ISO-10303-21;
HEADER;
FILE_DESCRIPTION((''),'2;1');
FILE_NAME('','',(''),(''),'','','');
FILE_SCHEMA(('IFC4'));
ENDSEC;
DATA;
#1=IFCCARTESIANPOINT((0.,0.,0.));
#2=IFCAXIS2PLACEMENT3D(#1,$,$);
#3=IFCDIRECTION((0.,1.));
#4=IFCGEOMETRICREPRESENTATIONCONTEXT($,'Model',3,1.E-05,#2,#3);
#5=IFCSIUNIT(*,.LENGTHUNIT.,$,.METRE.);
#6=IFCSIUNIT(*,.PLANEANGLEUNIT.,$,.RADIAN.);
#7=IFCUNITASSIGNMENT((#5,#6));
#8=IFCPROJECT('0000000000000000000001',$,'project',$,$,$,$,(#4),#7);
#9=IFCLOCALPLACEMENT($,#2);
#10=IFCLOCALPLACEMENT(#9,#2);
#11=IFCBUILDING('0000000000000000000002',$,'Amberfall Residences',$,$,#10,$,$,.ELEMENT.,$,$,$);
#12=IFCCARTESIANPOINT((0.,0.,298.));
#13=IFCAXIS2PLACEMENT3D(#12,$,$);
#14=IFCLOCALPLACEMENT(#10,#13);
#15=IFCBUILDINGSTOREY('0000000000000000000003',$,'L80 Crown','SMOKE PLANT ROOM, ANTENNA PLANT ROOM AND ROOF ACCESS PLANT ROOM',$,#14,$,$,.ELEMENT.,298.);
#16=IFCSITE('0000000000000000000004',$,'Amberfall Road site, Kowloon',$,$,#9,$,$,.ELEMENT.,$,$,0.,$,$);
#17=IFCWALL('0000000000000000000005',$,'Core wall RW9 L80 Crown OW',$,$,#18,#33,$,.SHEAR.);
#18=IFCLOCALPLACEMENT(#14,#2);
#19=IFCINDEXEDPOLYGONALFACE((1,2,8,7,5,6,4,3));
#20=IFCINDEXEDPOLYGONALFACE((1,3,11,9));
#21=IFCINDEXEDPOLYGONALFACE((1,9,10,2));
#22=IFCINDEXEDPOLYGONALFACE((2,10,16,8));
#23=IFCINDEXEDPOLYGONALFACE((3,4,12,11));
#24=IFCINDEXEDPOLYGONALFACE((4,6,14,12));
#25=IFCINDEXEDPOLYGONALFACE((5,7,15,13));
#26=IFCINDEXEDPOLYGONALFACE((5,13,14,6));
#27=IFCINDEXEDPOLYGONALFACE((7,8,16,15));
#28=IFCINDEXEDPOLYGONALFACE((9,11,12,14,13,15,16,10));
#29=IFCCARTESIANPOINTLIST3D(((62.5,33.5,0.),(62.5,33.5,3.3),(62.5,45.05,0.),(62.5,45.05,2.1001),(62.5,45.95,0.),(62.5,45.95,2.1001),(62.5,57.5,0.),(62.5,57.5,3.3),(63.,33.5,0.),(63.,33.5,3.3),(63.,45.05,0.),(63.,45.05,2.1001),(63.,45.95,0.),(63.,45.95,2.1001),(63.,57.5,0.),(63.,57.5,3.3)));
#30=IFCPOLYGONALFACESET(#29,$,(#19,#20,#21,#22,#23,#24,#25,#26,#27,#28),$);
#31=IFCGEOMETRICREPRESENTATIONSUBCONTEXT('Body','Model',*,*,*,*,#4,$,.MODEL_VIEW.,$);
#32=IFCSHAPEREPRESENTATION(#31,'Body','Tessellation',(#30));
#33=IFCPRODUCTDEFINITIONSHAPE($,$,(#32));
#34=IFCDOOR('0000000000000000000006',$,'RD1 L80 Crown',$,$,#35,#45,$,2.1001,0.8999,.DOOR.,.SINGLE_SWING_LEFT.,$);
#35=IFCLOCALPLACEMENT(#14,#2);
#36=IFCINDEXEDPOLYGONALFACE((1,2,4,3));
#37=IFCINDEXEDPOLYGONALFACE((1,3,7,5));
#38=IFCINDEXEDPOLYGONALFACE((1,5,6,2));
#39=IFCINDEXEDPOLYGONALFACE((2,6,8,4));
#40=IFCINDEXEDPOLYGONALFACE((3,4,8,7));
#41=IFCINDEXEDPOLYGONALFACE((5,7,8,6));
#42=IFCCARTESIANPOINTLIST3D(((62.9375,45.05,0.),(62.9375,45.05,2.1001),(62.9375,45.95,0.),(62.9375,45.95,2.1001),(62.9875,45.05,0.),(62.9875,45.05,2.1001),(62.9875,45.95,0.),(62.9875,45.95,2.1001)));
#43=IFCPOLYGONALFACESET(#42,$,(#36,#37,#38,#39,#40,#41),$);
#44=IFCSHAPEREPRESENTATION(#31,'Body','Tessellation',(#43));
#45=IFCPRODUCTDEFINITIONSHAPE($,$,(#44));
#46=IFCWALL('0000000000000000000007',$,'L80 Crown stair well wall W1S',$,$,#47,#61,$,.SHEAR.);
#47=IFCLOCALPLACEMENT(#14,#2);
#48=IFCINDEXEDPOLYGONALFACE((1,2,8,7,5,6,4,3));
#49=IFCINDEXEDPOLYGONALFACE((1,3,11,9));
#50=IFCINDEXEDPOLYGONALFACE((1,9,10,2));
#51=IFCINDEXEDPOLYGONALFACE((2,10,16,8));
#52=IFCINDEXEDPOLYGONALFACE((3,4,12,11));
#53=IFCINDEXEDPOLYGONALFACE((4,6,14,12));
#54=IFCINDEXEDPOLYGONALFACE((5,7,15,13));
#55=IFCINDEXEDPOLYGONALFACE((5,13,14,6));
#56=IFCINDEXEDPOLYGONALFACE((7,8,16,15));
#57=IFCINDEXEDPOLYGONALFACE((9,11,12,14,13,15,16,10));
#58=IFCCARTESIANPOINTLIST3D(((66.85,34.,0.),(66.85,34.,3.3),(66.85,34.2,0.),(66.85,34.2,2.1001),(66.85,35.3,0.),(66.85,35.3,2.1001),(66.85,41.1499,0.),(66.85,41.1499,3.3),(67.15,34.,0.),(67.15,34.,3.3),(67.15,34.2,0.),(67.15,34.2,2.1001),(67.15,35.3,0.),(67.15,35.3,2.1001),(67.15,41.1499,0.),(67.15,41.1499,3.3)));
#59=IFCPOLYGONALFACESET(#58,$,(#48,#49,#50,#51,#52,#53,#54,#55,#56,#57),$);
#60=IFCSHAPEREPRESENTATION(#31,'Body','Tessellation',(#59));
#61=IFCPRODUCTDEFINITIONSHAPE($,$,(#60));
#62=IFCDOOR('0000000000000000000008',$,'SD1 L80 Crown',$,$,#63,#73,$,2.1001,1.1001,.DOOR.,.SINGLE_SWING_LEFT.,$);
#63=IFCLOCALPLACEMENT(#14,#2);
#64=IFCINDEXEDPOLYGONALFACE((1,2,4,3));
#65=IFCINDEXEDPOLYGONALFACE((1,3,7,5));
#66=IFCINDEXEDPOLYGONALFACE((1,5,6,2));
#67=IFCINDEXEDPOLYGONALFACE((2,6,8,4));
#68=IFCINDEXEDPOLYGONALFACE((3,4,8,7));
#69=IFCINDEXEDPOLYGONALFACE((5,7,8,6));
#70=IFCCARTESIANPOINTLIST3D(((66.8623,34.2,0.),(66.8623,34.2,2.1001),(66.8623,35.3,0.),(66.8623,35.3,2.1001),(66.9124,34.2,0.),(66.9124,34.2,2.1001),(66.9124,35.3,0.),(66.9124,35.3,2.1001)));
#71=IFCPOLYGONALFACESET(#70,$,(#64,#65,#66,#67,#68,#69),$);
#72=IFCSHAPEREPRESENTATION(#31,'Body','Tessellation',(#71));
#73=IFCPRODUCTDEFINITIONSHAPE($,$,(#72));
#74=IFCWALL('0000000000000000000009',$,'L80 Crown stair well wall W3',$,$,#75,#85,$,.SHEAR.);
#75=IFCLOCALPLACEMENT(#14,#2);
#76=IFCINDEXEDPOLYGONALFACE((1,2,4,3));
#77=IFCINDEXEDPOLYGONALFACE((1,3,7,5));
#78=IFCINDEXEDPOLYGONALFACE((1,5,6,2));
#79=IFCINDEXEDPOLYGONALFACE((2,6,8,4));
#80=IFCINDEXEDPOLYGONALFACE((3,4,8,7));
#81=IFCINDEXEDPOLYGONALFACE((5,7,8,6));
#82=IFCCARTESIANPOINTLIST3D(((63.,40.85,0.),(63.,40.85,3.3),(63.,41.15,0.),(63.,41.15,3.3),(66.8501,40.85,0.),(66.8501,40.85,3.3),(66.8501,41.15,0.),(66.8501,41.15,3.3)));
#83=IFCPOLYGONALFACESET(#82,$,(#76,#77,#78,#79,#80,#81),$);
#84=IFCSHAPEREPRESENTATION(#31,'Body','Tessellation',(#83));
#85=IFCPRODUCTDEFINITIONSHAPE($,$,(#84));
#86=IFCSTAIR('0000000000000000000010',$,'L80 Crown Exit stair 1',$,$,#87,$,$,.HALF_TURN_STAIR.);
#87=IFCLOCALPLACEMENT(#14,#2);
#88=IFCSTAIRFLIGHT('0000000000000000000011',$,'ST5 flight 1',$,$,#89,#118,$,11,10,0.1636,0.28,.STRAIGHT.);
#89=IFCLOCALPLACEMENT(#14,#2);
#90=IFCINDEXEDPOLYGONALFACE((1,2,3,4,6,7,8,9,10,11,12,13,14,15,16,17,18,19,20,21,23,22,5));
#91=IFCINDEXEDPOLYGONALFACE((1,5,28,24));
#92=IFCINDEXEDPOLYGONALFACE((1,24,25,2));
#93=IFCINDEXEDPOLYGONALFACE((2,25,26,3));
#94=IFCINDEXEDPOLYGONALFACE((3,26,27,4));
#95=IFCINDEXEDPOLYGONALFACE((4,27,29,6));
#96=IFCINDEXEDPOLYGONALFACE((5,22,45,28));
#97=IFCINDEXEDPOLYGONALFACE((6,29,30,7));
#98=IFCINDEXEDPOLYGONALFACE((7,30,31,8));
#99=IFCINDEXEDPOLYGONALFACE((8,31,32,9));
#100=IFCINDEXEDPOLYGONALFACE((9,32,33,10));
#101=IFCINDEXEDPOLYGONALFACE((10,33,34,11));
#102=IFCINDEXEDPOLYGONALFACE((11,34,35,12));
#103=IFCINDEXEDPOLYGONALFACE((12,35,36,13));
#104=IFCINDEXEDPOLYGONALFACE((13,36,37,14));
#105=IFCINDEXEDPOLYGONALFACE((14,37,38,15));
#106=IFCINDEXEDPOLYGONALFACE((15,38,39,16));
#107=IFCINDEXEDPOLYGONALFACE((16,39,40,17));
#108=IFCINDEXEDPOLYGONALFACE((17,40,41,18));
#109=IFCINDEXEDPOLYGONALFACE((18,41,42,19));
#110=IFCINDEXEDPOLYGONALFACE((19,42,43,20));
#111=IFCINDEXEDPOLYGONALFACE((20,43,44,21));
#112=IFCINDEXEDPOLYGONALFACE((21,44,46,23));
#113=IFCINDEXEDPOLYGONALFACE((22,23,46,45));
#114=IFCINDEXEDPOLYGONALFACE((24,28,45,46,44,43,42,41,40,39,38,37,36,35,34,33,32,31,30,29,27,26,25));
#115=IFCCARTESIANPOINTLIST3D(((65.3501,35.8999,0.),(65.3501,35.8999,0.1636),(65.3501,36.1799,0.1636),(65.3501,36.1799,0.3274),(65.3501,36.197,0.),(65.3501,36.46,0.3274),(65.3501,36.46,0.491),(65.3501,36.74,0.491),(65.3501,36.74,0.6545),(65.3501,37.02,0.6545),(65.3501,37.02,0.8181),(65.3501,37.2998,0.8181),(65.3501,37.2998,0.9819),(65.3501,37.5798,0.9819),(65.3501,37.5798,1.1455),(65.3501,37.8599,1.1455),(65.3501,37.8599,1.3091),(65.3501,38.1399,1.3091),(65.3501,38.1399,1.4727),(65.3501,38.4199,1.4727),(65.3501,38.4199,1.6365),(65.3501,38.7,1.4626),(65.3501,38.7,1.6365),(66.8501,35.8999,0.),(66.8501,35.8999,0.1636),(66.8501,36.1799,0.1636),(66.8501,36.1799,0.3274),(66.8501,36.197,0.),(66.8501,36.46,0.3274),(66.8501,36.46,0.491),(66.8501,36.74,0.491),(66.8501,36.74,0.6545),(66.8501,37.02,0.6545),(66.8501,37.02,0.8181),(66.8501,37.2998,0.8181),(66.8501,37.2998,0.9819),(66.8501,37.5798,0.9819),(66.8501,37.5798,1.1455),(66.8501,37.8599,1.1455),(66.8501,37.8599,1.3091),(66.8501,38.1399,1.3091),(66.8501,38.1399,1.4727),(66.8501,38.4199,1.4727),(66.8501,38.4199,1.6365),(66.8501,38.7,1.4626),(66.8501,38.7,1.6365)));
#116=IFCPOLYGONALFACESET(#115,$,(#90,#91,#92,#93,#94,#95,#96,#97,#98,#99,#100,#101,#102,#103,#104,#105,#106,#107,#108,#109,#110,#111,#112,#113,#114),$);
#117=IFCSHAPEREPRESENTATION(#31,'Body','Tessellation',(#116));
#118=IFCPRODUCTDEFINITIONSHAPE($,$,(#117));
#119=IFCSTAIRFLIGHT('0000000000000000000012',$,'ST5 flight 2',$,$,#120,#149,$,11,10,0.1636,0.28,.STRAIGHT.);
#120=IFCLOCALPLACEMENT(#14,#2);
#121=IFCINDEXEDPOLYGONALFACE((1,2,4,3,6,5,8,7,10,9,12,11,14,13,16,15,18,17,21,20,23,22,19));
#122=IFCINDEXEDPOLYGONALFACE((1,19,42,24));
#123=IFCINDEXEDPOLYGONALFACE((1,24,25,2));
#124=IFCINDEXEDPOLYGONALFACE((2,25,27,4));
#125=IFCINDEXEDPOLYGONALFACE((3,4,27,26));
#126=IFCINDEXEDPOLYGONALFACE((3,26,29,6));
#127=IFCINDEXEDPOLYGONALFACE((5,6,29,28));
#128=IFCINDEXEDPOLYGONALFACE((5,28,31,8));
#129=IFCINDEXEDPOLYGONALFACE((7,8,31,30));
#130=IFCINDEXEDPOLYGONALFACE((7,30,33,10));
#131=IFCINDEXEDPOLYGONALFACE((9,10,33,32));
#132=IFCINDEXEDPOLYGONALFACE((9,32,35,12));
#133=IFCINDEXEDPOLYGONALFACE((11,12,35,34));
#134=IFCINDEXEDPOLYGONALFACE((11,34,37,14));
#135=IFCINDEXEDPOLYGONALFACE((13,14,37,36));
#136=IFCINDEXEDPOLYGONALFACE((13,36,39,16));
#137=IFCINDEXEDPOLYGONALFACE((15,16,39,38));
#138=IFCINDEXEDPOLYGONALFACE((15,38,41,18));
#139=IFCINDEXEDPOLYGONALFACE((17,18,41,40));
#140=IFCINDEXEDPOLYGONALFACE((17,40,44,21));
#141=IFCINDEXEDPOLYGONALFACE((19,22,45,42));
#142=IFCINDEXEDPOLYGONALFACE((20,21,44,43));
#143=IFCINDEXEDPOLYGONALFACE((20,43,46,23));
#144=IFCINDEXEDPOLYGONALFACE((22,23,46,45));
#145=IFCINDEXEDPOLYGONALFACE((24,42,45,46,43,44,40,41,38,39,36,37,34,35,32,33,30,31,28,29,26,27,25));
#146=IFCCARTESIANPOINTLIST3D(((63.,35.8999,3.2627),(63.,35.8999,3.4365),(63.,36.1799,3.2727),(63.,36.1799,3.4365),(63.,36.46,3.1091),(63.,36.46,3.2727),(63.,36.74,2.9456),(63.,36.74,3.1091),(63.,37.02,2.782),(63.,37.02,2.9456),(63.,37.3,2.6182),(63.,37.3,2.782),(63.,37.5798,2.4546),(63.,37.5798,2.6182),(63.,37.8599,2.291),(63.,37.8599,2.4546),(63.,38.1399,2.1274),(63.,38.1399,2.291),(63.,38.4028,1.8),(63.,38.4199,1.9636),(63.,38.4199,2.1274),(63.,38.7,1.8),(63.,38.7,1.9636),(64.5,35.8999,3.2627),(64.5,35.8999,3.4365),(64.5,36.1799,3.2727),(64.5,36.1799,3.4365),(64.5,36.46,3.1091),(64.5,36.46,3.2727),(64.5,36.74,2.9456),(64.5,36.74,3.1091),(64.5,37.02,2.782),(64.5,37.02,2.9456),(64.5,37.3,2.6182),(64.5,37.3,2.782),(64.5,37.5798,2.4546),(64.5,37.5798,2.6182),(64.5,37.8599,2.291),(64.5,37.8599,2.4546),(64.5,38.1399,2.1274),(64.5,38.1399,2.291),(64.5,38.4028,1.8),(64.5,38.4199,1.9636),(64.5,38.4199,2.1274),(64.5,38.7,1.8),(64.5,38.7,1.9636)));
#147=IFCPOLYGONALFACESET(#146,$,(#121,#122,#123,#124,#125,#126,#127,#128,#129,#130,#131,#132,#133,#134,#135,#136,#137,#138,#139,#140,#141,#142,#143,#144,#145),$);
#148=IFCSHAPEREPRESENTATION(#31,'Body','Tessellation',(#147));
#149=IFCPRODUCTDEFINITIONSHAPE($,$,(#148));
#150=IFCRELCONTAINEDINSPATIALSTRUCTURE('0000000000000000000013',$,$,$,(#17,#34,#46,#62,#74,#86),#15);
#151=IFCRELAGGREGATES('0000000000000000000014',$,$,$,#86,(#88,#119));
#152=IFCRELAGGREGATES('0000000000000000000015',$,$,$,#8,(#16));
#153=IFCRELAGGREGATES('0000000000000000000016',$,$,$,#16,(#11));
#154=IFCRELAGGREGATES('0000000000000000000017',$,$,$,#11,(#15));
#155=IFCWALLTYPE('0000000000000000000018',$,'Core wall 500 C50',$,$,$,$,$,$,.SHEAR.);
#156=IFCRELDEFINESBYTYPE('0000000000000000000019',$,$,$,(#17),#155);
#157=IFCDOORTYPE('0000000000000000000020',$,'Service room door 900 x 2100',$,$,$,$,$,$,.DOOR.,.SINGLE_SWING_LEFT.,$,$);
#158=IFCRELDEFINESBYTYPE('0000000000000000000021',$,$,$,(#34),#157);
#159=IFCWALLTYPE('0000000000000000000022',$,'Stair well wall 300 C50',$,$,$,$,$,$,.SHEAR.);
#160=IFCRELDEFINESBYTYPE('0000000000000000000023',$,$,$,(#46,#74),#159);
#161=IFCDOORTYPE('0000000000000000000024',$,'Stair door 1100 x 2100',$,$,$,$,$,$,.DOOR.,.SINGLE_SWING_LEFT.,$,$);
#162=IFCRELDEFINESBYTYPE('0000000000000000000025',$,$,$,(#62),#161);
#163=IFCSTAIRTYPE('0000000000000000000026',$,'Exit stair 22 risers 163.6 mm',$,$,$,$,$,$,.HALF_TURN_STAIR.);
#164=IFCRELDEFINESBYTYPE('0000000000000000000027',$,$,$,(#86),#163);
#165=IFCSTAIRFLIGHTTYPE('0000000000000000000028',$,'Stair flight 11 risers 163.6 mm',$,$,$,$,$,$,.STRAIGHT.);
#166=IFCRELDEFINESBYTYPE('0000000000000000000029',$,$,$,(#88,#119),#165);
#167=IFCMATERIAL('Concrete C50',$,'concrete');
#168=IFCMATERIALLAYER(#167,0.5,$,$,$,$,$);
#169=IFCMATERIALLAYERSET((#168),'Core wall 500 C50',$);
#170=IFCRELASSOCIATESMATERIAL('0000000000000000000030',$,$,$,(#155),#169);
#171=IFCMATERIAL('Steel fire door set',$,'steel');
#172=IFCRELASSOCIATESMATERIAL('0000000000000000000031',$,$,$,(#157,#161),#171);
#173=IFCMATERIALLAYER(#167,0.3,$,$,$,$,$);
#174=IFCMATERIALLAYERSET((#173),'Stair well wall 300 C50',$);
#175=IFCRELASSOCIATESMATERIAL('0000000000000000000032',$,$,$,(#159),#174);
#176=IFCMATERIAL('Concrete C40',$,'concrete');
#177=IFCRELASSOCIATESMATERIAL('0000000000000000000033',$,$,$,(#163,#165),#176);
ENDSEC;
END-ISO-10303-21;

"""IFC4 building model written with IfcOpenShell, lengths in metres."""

from ifc_helpers import new_model, si_unit, direction, frame, frame_2d, origin, place, context, subcontext, project, spatial, polyline, rectangle, outline, extrude, material, layer, layer_set, type_object, element, fill, aggregate, save


model = new_model("IFC4")

# Units and contexts
model_context = context("Model", 3, precision=1e-05, world=origin(), true_north=direction((0.0, 1.0)))
body_context = subcontext(model_context, "Body", "Model", "MODEL_VIEW")
ifc_project = project(units=[si_unit("LENGTHUNIT", "METRE"), si_unit("PLANEANGLEUNIT", "RADIAN")], contexts=[model_context])

# Site, building, storey
site_placement = place(None, origin())
site = spatial("IfcSite", under=ifc_project, at=site_placement, Name="Amberfall Road site, Kowloon", CompositionType="ELEMENT", RefElevation=0.0)
building_placement = place(site_placement, origin())
building = spatial("IfcBuilding", under=site, at=building_placement, Name="Amberfall Residences", CompositionType="ELEMENT")
storey_placement = place(building_placement, frame((0.0, 0.0, 298.0)))
storey = spatial("IfcBuildingStorey", under=building, at=storey_placement, Name="L80 Crown", Description="SMOKE PLANT ROOM, ANTENNA PLANT ROOM AND ROOF ACCESS PLANT ROOM", CompositionType="ELEMENT", Elevation=298.0)

# Shared definitions
ifc_material_1 = material(Name="Concrete C50", Category="concrete")

# Shared definitions
ifc_material_2 = material(Name="Steel fire door set", Category="steel")

# Shared definitions
ifc_layer_1 = layer(ifc_material_1, 0.5)
ifc_layer_set_1 = layer_set([ifc_layer_1], Name="Core wall 500 C50")
wall_type_1 = type_object("IfcWallType", Name="Core wall 500 C50", PredefinedType="SHEAR", material=ifc_layer_set_1)
door_type_1 = type_object("IfcDoorType", Name="Service room door 900 x 2100", OperationType="SINGLE_SWING_LEFT", PredefinedType="DOOR", material=ifc_material_2)
door_type_2 = type_object("IfcDoorType", Name="Stair door 1100 x 2100", OperationType="SINGLE_SWING_LEFT", PredefinedType="DOOR", material=ifc_material_2)

# Walls, openings, doors
wall_1_placement = place(storey_placement, frame((62.75, 33.5, 0.0), z_axis=(0.0, 0.0, 1.0), x_axis=(0.0, 1.0, 0.0)))
wall_1 = element("IfcWall", 1, at=wall_1_placement, inside=storey, type_object=wall_type_1, Name="Core wall RW9 L80 Crown OW", PredefinedType="SHEAR", context=body_context, shape_type="SweptSolid", body=[
    extrude(rectangle(XDim=24.0, YDim=0.5, at=frame_2d((12.0, 0.0))), origin(), (0.0, 0.0, 1.0), 3.3),
])
opening_1_placement = place(wall_1_placement, frame((11.55, 0.0, 0.0)))
opening_1 = element("IfcOpeningElement", 2, at=opening_1_placement, cuts=wall_1, PredefinedType="OPENING", context=body_context, shape_type="SweptSolid", body=[
    extrude(rectangle(XDim=0.8999, YDim=2.1001, at=frame_2d((0.45, 1.05))), frame((0.0, 0.26, 0.0), z_axis=(0.0, -1.0, 0.0), x_axis=(1.0, 0.0, 0.0)), (0.0, 0.0, 1.0), 0.52),
])
door_1_placement = place(opening_1_placement, origin())
door_1 = element("IfcDoor", 3, at=door_1_placement, inside=storey, type_object=door_type_1, Name="RD1 L80 Crown", OperationType="SINGLE_SWING_LEFT", OverallHeight=2.1001, OverallWidth=0.8999, PredefinedType="DOOR", context=body_context, shape_type="SweptSolid", body=[
    extrude(rectangle(XDim=0.8999, YDim=2.1001, at=frame_2d((0.45, 1.05))), frame((0.0, -0.1875, 0.0), z_axis=(0.0, -1.0, 0.0), x_axis=(1.0, 0.0, 0.0)), (0.0, 0.0, 1.0), 0.05),
])
fill(opening_1, door_1)
ifc_layer_2 = layer(ifc_material_1, 0.3)
ifc_layer_set_2 = layer_set([ifc_layer_2], Name="Stair well wall 300 C50")
wall_type_2 = type_object("IfcWallType", Name="Stair well wall 300 C50", PredefinedType="SHEAR", material=ifc_layer_set_2)
wall_2_placement = place(storey_placement, frame((67.0, 34.0, 0.0), z_axis=(0.0, 0.0, 1.0), x_axis=(0.0, 1.0, 0.0)))
wall_2 = element("IfcWall", 4, at=wall_2_placement, inside=storey, type_object=wall_type_2, Name="L80 Crown stair well wall W1S", PredefinedType="SHEAR", context=body_context, shape_type="SweptSolid", body=[
    extrude(rectangle(XDim=7.1499, YDim=0.3, at=frame_2d((3.575, 0.0))), origin(), (0.0, 0.0, 1.0), 3.3),
])
opening_2_placement = place(wall_2_placement, frame((0.2, 0.0, 0.0)))
opening_2 = element("IfcOpeningElement", 5, at=opening_2_placement, cuts=wall_2, PredefinedType="OPENING", context=body_context, shape_type="SweptSolid", body=[
    extrude(rectangle(XDim=1.1001, YDim=2.1001, at=frame_2d((0.55, 1.05))), frame((0.0, 0.1599, 0.0), z_axis=(0.0, -1.0, 0.0), x_axis=(1.0, 0.0, 0.0)), (0.0, 0.0, 1.0), 0.3201),
])
door_2_placement = place(opening_2_placement, origin())
door_2 = element("IfcDoor", 6, at=door_2_placement, inside=storey, type_object=door_type_2, Name="SD1 L80 Crown", OperationType="SINGLE_SWING_LEFT", OverallHeight=2.1001, OverallWidth=1.1001, PredefinedType="DOOR", context=body_context, shape_type="SweptSolid", body=[
    extrude(rectangle(XDim=1.1001, YDim=2.1001, at=frame_2d((0.55, 1.05))), frame((0.0, 0.1377, 0.0), z_axis=(0.0, -1.0, 0.0), x_axis=(1.0, 0.0, 0.0)), (0.0, 0.0, 1.0), 0.05),
])
fill(opening_2, door_2)

# Wall
wall_3_placement = place(storey_placement, frame((63.0, 41.0, 0.0), z_axis=(0.0, 0.0, 1.0), x_axis=(1.0, 0.0, 0.0)))
element("IfcWall", 7, at=wall_3_placement, inside=storey, type_object=wall_type_2, Name="L80 Crown stair well wall W3", PredefinedType="SHEAR", context=body_context, shape_type="SweptSolid", body=[
    extrude(rectangle(XDim=3.8501, YDim=0.3, at=frame_2d((1.925, 0.0))), origin(), (0.0, 0.0, 1.0), 3.3),
])

# Stair, stair flights
ifc_material_3 = material(Name="Concrete C40", Category="concrete")
stair_type = type_object("IfcStairType", Name="Exit stair 22 risers 163.6 mm", PredefinedType="HALF_TURN_STAIR", material=ifc_material_3)
stair_placement = place(storey_placement, origin())
stair = element("IfcStair", 8, at=stair_placement, inside=storey, type_object=stair_type, Name="L80 Crown Exit stair 1", PredefinedType="HALF_TURN_STAIR")
stair_flight_type = type_object("IfcStairFlightType", Name="Stair flight 11 risers 163.6 mm", PredefinedType="STRAIGHT", material=ifc_material_3)
stair_flight_1_placement = place(storey_placement, frame((66.1001, 35.8999, 0.0), z_axis=(0.0, 0.0, 1.0), x_axis=(0.0, 1.0, 0.0)))
stair_flight_1 = element("IfcStairFlight", 9, at=stair_flight_1_placement, type_object=stair_flight_type, Name="ST5 flight 1", NumberOfRisers=11, NumberOfTreads=10, PredefinedType="STRAIGHT", RiserHeight=0.1636, TreadLength=0.28, context=body_context, shape_type="SweptSolid", body=[
    extrude(outline(polyline([(0.0, 0.0), (0.0, 0.1636), (0.28, 0.1636), (0.28, 0.3274), (0.5601, 0.3274), (0.5601, 0.491), (0.8401, 0.491), (0.8401, 0.6545), (1.1201, 0.6545), (1.1201, 0.8181), (1.3999, 0.8181), (1.3999, 0.9819), (1.6799, 0.9819), (1.6799, 1.1455), (1.96, 1.1455), (1.96, 1.3091), (2.24, 1.3091), (2.24, 1.4727), (2.52, 1.4727), (2.52, 1.6365), (2.8, 1.6365), (2.8, 1.8), (2.8, 1.4626), (0.2971, 0.0), (0.0, 0.0)])), frame((0.0, 0.75, 0.0), z_axis=(0.0, -1.0, 0.0), x_axis=(1.0, 0.0, 0.0)), (0.0, 0.0, 1.0), 1.5),
])
stair_flight_2_placement = place(storey_placement, frame((63.75, 38.7, 1.8), z_axis=(0.0, 0.0, 1.0), x_axis=(0.0, -1.0, 0.0)))
stair_flight_2 = element("IfcStairFlight", 10, at=stair_flight_2_placement, type_object=stair_flight_type, Name="ST5 flight 2", NumberOfRisers=11, NumberOfTreads=10, PredefinedType="STRAIGHT", RiserHeight=0.1636, TreadLength=0.28, context=body_context, shape_type="SweptSolid", body=[
    extrude(outline(polyline([(0.0, 0.0), (0.0, 0.1636), (0.28, 0.1636), (0.28, 0.3274), (0.5601, 0.3274), (0.5601, 0.491), (0.8401, 0.491), (0.8401, 0.6545), (1.1201, 0.6545), (1.1201, 0.8181), (1.3999, 0.8181), (1.3999, 0.9819), (1.6799, 0.9819), (1.6799, 1.1455), (1.96, 1.1455), (1.96, 1.3091), (2.24, 1.3091), (2.24, 1.4727), (2.52, 1.4727), (2.52, 1.6365), (2.8, 1.6365), (2.8, 1.8), (2.8, 1.4626), (0.2971, 0.0), (0.0, 0.0)])), frame((0.0, 0.75, 0.0), z_axis=(0.0, -1.0, 0.0), x_axis=(1.0, 0.0, 0.0)), (0.0, 0.0, 1.0), 1.5),
])
aggregate(stair, [stair_flight_1, stair_flight_2])

save(model, "model.ifc")
